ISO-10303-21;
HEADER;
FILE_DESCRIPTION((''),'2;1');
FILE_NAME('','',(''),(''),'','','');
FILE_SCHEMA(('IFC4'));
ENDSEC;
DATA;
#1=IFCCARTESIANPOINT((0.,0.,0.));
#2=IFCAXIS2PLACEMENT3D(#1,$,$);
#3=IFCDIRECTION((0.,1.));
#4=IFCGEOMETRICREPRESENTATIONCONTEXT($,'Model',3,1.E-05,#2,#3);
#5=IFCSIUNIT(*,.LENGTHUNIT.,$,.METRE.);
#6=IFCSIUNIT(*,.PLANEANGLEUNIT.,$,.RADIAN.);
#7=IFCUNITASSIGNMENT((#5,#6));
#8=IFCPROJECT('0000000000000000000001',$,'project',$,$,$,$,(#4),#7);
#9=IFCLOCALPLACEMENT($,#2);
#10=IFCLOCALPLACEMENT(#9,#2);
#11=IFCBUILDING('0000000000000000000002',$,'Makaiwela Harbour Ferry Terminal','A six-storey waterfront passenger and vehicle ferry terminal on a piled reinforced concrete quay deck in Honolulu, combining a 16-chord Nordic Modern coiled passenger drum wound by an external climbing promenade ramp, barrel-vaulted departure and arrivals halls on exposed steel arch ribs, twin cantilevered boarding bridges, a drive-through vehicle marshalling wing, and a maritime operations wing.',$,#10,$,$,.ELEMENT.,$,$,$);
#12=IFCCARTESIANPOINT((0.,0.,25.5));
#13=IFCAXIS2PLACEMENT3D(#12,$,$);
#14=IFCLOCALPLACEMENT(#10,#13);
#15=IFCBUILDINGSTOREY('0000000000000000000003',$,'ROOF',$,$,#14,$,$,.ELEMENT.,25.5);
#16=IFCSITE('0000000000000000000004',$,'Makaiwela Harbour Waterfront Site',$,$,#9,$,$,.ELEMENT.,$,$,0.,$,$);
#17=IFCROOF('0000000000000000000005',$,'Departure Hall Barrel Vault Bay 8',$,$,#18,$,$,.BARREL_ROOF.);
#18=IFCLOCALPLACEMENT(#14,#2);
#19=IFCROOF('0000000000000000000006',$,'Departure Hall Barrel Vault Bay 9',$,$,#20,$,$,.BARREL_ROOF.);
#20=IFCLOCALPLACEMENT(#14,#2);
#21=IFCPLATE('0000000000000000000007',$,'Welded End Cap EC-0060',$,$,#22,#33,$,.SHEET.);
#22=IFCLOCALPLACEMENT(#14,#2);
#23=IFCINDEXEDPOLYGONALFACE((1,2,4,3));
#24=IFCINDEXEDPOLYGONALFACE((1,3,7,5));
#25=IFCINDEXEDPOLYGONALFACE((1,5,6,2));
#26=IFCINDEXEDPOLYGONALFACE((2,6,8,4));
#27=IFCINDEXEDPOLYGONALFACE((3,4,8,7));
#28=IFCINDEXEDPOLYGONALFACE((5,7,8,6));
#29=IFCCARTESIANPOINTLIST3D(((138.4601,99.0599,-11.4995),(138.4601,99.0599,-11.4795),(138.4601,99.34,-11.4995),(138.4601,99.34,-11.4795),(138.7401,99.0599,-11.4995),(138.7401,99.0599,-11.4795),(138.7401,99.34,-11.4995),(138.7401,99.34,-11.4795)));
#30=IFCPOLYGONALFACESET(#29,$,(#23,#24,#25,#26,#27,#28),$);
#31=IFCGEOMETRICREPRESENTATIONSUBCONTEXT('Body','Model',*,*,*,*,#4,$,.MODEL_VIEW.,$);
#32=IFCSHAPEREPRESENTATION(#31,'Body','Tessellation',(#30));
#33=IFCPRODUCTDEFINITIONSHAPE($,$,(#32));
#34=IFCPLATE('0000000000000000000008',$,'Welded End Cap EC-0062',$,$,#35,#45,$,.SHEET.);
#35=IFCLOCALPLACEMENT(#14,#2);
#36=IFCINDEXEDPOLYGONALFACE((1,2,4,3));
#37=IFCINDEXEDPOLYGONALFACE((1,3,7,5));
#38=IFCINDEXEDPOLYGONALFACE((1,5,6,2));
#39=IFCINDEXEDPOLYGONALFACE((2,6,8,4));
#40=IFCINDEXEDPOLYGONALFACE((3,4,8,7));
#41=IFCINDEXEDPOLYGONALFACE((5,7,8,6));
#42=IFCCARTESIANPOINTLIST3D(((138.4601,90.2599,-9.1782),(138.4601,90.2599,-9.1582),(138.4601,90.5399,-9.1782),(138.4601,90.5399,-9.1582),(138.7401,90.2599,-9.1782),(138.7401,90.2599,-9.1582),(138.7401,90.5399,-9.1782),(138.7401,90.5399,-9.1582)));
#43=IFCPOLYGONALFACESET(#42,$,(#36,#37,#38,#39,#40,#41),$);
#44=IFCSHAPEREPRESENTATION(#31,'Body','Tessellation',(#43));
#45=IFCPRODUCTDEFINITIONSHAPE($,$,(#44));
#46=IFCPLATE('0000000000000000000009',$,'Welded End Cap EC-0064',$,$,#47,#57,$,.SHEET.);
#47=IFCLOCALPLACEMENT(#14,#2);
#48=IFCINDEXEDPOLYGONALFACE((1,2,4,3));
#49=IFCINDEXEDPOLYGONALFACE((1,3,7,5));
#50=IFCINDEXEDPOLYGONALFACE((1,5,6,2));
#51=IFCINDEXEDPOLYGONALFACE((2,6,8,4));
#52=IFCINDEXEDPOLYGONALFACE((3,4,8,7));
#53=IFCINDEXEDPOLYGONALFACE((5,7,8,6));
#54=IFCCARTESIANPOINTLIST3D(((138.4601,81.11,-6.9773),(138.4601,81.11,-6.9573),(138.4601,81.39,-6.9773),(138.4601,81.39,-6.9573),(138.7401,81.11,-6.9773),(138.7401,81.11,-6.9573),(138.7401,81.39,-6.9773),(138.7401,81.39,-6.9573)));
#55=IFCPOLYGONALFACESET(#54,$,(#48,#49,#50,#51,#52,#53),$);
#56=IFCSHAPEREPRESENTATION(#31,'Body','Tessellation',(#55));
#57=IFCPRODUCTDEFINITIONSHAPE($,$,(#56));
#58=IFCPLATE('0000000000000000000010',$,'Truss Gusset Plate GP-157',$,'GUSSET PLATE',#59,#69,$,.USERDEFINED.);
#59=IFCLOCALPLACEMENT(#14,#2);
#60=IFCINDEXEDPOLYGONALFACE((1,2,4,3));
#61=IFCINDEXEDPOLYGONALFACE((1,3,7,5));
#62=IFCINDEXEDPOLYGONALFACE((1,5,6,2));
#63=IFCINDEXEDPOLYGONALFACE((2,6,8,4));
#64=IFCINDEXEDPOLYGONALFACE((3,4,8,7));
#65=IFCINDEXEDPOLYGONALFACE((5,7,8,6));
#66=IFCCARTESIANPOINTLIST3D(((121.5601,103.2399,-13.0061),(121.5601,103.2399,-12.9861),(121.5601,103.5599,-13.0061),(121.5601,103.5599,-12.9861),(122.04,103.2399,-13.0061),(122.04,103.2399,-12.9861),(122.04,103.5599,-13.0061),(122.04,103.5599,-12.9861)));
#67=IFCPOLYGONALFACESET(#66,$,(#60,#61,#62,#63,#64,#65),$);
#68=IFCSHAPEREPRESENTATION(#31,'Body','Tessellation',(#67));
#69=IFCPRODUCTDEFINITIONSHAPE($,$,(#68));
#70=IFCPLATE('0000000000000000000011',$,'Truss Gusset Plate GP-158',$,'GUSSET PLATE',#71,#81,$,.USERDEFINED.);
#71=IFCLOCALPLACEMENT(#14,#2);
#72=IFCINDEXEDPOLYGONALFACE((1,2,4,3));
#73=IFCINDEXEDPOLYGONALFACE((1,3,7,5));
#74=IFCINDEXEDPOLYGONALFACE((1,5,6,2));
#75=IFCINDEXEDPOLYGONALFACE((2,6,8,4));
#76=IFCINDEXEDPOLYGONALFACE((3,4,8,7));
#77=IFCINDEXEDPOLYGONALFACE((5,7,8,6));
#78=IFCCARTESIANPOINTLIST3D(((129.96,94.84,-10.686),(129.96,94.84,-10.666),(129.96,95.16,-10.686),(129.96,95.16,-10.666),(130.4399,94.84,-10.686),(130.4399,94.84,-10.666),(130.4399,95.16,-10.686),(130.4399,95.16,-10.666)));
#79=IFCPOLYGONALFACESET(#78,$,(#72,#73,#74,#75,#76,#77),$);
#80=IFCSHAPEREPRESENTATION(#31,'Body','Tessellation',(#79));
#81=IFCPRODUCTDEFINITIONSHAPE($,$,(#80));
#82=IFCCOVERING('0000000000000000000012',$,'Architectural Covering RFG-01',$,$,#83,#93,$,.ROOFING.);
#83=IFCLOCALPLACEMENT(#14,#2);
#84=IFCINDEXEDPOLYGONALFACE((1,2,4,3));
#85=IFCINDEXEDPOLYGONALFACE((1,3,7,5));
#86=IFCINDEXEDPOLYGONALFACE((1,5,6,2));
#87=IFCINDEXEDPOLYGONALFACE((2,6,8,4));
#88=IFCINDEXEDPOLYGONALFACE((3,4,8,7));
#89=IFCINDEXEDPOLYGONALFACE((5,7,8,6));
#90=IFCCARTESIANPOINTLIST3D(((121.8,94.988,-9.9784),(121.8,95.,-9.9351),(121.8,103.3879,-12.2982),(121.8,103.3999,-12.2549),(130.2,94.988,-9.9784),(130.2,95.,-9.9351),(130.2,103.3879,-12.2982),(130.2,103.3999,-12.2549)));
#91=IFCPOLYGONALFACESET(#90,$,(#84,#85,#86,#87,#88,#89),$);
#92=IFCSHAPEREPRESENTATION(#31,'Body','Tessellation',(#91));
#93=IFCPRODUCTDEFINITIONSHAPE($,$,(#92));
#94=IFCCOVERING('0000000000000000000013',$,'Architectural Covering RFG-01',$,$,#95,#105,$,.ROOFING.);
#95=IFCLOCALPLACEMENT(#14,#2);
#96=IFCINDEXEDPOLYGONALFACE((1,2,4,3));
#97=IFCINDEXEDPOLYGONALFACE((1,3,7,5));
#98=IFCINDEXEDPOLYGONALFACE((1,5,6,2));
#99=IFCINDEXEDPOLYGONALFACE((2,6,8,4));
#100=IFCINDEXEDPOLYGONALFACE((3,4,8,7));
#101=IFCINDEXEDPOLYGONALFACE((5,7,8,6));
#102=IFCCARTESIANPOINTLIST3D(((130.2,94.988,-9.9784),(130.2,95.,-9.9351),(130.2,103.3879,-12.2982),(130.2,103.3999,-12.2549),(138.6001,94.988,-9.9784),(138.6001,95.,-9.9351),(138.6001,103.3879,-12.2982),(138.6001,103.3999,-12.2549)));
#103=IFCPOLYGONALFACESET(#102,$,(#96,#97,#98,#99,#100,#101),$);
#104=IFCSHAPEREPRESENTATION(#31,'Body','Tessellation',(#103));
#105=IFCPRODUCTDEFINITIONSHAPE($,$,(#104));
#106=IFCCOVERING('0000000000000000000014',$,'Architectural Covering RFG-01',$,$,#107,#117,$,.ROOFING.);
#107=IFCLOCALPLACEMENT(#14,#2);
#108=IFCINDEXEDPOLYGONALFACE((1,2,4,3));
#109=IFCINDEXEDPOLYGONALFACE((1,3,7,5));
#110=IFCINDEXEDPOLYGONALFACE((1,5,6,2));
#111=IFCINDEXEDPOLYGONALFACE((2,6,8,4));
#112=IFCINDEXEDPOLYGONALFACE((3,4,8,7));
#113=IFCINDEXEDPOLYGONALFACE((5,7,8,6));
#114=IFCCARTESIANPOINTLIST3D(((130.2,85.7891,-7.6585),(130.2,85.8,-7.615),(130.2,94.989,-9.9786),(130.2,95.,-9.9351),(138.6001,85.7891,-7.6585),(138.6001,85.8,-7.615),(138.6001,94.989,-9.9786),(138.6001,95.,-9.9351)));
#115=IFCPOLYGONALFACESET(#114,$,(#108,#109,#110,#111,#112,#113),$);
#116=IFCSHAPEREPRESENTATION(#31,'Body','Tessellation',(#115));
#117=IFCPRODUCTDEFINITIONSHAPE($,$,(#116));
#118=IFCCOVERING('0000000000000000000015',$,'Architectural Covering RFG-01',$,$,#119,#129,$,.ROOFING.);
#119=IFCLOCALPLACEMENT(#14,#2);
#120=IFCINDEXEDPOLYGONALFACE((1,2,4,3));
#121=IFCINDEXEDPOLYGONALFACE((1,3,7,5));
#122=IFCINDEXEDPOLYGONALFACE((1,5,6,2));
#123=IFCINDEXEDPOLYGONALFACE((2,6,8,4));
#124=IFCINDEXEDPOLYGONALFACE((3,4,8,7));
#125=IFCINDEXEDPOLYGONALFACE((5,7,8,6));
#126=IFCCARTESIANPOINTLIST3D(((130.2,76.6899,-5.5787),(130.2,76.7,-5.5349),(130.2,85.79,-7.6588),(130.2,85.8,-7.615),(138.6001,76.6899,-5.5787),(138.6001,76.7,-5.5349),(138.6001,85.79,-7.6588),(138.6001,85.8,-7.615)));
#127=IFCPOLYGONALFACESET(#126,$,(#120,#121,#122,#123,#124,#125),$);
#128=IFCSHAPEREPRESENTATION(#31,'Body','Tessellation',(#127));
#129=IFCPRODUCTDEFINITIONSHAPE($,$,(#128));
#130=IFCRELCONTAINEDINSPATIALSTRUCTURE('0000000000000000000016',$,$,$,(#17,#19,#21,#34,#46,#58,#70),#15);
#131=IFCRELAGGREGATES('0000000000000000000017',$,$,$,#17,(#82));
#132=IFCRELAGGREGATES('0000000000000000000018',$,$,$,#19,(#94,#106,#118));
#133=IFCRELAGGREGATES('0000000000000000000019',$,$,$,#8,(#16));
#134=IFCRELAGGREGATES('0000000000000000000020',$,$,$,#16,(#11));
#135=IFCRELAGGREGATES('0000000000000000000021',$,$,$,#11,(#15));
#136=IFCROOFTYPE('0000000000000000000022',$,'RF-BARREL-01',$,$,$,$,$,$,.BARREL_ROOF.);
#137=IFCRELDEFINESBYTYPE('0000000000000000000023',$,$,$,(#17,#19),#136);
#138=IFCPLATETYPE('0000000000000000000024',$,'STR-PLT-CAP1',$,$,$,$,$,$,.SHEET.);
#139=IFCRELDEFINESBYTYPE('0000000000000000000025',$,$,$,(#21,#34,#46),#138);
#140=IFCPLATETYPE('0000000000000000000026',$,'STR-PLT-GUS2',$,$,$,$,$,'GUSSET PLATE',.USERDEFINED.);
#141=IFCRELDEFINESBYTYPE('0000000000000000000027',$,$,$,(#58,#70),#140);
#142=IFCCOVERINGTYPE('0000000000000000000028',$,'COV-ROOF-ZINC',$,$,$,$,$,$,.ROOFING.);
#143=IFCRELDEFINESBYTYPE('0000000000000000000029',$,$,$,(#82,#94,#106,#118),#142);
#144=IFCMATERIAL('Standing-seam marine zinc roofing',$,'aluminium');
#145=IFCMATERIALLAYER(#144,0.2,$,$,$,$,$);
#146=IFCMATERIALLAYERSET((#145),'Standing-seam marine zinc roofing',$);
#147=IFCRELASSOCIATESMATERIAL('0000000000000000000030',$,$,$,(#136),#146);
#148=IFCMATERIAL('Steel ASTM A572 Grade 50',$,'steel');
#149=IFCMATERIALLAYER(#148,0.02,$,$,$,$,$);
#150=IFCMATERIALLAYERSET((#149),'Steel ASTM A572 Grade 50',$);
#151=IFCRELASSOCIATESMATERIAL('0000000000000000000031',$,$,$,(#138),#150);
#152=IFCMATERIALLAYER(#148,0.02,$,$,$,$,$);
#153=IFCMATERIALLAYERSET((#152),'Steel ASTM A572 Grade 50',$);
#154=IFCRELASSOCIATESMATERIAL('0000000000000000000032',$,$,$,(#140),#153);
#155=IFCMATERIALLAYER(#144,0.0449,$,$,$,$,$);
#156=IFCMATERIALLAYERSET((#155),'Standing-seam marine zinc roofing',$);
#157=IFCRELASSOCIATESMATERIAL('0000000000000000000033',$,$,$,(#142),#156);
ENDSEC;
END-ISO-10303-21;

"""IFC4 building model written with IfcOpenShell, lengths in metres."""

from ifc_helpers import new_model, si_unit, direction, frame, origin, origin_2d, place, context, subcontext, project, spatial, polyline, rectangle, outline, extrude, material, layer, layer_set, type_object, element, aggregate, save


model = new_model("IFC4")

# Units and contexts
model_context = context("Model", 3, precision=1e-05, world=origin(), true_north=direction((0.0, 1.0)))
body_context = subcontext(model_context, "Body", "Model", "MODEL_VIEW")
ifc_project = project(units=[si_unit("LENGTHUNIT", "METRE"), si_unit("PLANEANGLEUNIT", "RADIAN")], contexts=[model_context])

# Site, building, storey
site_placement = place(None, origin())
site = spatial("IfcSite", under=ifc_project, at=site_placement, Name="Makaiwela Harbour Waterfront Site", CompositionType="ELEMENT", RefElevation=0.0)
building_placement = place(site_placement, origin())
building = spatial("IfcBuilding", under=site, at=building_placement, Name="Makaiwela Harbour Ferry Terminal", Description="A six-storey waterfront passenger and vehicle ferry terminal on a piled reinforced concrete quay deck in Honolulu, combining a 16-chord Nordic Modern coiled passenger drum wound by an external climbing promenade ramp, barrel-vaulted departure and arrivals halls on exposed steel arch ribs, twin cantilevered boarding bridges, a drive-through vehicle marshalling wing, and a maritime operations wing.", CompositionType="ELEMENT")
storey_placement = place(building_placement, frame((0.0, 0.0, 25.5)))
storey = spatial("IfcBuildingStorey", under=building, at=storey_placement, Name="ROOF", CompositionType="ELEMENT", Elevation=25.5)

# Roof
ifc_material_1 = material(Name="Standing-seam marine zinc roofing", Category="aluminium")
ifc_layer_1 = layer(ifc_material_1, 0.2)
ifc_layer_set_1 = layer_set([ifc_layer_1], Name="Standing-seam marine zinc roofing")
roof_type = type_object("IfcRoofType", Name="RF-BARREL-01", PredefinedType="BARREL_ROOF", material=ifc_layer_set_1)
roof_1_placement = place(storey_placement, origin())
roof_1 = element("IfcRoof", 1, at=roof_1_placement, inside=storey, type_object=roof_type, Name="Departure Hall Barrel Vault Bay 8", PredefinedType="BARREL_ROOF")

# Roof
roof_2_placement = place(storey_placement, origin())
roof_2 = element("IfcRoof", 2, at=roof_2_placement, inside=storey, type_object=roof_type, Name="Departure Hall Barrel Vault Bay 9", PredefinedType="BARREL_ROOF")

# Plates
ifc_material_2 = material(Name="Steel ASTM A572 Grade 50", Category="steel")
ifc_layer_2 = layer(ifc_material_2, 0.02)
ifc_layer_set_2 = layer_set([ifc_layer_2], Name="Steel ASTM A572 Grade 50")
plate_type_1 = type_object("IfcPlateType", Name="STR-PLT-CAP1", PredefinedType="SHEET", material=ifc_layer_set_2)
for number, where, z_axis, x_axis, name in (
    (3, (138.6001, 99.2, -11.4995), (0.0, 0.0, 1.0), (0.0, 1.0, 0.0), "Welded End Cap EC-0060"),
    (4, (138.6001, 90.3999, -9.1782), (0.0, 0.0, 1.0), (0.0, 1.0, 0.0), "Welded End Cap EC-0062"),
    (5, (138.6001, 81.25, -6.9773), (0.0, 0.0, 1.0), (0.0, 1.0, 0.0), "Welded End Cap EC-0064"),
):
    element("IfcPlate", number, at=place(storey_placement, frame(where, z_axis=z_axis, x_axis=x_axis)), inside=storey, type_object=plate_type_1, Name=name, PredefinedType="SHEET", context=body_context, shape_type="SweptSolid", body=[
        extrude(rectangle(XDim=0.28, YDim=0.28, at=origin_2d()), origin(), (0.0, 0.0, 1.0), 0.02),
    ])
ifc_layer_3 = layer(ifc_material_2, 0.02)
ifc_layer_set_3 = layer_set([ifc_layer_3], Name="Steel ASTM A572 Grade 50")
plate_type_2 = type_object("IfcPlateType", Name="STR-PLT-GUS2", ElementType="GUSSET PLATE", PredefinedType="USERDEFINED", material=ifc_layer_set_3)
for number, where, z_axis, x_axis, name in (
    (6, (121.8, 103.3999, -13.0061), (0.0, 0.0, 1.0), (1.0, 0.0, 0.0), "Truss Gusset Plate GP-157"),
    (7, (130.2, 95.0, -10.686), (0.0, 0.0, 1.0), (1.0, 0.0, 0.0), "Truss Gusset Plate GP-158"),
):
    element("IfcPlate", number, at=place(storey_placement, frame(where, z_axis=z_axis, x_axis=x_axis)), inside=storey, type_object=plate_type_2, Name=name, ObjectType="GUSSET PLATE", PredefinedType="USERDEFINED", context=body_context, shape_type="SweptSolid", body=[
        extrude(rectangle(XDim=0.48, YDim=0.3201, at=origin_2d()), origin(), (0.0, 0.0, 1.0), 0.02),
    ])

# Coverings
ifc_layer_4 = layer(ifc_material_1, 0.0449)
ifc_layer_set_4 = layer_set([ifc_layer_4], Name="Standing-seam marine zinc roofing")
covering_type = type_object("IfcCoveringType", Name="COV-ROOF-ZINC", PredefinedType="ROOFING", material=ifc_layer_set_4)
covering_1_placement = place(storey_placement, frame((121.8, 95.0, -9.9351), z_axis=(0.0, 0.266207, 0.963916), x_axis=(1.0, 0.0, 0.0)))
covering_1 = element("IfcCovering", 8, at=covering_1_placement, type_object=covering_type, Name="Architectural Covering RFG-01", PredefinedType="ROOFING", context=body_context, shape_type="SweptSolid", body=[
    extrude(outline(polyline([(0.0, 0.0), (8.3999, 0.0), (8.3999, 8.7144), (0.0, 8.7144), (0.0, 0.0)])), origin(), (0.0, 0.0, -1.0), 0.0449),
])
aggregate(roof_1, [covering_1])
covering_2_placement = place(storey_placement, frame((130.2, 95.0, -9.9351), z_axis=(0.0, 0.266207, 0.963916), x_axis=(1.0, 0.0, 0.0)))
covering_2 = element("IfcCovering", 9, at=covering_2_placement, type_object=covering_type, Name="Architectural Covering RFG-01", PredefinedType="ROOFING", context=body_context, shape_type="SweptSolid", body=[
    extrude(outline(polyline([(0.0, 0.0), (8.4001, 0.0), (8.4001, 8.7144), (0.0, 8.7144), (0.0, 0.0)])), origin(), (0.0, 0.0, -1.0), 0.0449),
])
covering_3_placement = place(storey_placement, frame((130.2, 85.8, -7.615), z_axis=(0.0, 0.244527, 0.969642), x_axis=(1.0, 0.0, 0.0)))
covering_3 = element("IfcCovering", 10, at=covering_3_placement, type_object=covering_type, Name="Architectural Covering RFG-01", PredefinedType="ROOFING", context=body_context, shape_type="SweptSolid", body=[
    extrude(outline(polyline([(0.0, 0.0), (8.4001, 0.0), (8.4001, 9.488), (0.0, 9.488), (0.0, 0.0)])), origin(), (0.0, 0.0, -1.0), 0.0449),
])
covering_4_placement = place(storey_placement, frame((130.2, 76.7, -5.5349), z_axis=(0.0, 0.22283, 0.974857), x_axis=(1.0, 0.0, 0.0)))
covering_4 = element("IfcCovering", 11, at=covering_4_placement, type_object=covering_type, Name="Architectural Covering RFG-01", PredefinedType="ROOFING", context=body_context, shape_type="SweptSolid", body=[
    extrude(outline(polyline([(0.0, 0.0), (8.4001, 0.0), (8.4001, 9.3348), (0.0, 9.3348), (0.0, 0.0)])), origin(), (0.0, 0.0, -1.0), 0.0449),
])
aggregate(roof_2, [covering_2, covering_3, covering_4])

save(model, "model.ifc")
